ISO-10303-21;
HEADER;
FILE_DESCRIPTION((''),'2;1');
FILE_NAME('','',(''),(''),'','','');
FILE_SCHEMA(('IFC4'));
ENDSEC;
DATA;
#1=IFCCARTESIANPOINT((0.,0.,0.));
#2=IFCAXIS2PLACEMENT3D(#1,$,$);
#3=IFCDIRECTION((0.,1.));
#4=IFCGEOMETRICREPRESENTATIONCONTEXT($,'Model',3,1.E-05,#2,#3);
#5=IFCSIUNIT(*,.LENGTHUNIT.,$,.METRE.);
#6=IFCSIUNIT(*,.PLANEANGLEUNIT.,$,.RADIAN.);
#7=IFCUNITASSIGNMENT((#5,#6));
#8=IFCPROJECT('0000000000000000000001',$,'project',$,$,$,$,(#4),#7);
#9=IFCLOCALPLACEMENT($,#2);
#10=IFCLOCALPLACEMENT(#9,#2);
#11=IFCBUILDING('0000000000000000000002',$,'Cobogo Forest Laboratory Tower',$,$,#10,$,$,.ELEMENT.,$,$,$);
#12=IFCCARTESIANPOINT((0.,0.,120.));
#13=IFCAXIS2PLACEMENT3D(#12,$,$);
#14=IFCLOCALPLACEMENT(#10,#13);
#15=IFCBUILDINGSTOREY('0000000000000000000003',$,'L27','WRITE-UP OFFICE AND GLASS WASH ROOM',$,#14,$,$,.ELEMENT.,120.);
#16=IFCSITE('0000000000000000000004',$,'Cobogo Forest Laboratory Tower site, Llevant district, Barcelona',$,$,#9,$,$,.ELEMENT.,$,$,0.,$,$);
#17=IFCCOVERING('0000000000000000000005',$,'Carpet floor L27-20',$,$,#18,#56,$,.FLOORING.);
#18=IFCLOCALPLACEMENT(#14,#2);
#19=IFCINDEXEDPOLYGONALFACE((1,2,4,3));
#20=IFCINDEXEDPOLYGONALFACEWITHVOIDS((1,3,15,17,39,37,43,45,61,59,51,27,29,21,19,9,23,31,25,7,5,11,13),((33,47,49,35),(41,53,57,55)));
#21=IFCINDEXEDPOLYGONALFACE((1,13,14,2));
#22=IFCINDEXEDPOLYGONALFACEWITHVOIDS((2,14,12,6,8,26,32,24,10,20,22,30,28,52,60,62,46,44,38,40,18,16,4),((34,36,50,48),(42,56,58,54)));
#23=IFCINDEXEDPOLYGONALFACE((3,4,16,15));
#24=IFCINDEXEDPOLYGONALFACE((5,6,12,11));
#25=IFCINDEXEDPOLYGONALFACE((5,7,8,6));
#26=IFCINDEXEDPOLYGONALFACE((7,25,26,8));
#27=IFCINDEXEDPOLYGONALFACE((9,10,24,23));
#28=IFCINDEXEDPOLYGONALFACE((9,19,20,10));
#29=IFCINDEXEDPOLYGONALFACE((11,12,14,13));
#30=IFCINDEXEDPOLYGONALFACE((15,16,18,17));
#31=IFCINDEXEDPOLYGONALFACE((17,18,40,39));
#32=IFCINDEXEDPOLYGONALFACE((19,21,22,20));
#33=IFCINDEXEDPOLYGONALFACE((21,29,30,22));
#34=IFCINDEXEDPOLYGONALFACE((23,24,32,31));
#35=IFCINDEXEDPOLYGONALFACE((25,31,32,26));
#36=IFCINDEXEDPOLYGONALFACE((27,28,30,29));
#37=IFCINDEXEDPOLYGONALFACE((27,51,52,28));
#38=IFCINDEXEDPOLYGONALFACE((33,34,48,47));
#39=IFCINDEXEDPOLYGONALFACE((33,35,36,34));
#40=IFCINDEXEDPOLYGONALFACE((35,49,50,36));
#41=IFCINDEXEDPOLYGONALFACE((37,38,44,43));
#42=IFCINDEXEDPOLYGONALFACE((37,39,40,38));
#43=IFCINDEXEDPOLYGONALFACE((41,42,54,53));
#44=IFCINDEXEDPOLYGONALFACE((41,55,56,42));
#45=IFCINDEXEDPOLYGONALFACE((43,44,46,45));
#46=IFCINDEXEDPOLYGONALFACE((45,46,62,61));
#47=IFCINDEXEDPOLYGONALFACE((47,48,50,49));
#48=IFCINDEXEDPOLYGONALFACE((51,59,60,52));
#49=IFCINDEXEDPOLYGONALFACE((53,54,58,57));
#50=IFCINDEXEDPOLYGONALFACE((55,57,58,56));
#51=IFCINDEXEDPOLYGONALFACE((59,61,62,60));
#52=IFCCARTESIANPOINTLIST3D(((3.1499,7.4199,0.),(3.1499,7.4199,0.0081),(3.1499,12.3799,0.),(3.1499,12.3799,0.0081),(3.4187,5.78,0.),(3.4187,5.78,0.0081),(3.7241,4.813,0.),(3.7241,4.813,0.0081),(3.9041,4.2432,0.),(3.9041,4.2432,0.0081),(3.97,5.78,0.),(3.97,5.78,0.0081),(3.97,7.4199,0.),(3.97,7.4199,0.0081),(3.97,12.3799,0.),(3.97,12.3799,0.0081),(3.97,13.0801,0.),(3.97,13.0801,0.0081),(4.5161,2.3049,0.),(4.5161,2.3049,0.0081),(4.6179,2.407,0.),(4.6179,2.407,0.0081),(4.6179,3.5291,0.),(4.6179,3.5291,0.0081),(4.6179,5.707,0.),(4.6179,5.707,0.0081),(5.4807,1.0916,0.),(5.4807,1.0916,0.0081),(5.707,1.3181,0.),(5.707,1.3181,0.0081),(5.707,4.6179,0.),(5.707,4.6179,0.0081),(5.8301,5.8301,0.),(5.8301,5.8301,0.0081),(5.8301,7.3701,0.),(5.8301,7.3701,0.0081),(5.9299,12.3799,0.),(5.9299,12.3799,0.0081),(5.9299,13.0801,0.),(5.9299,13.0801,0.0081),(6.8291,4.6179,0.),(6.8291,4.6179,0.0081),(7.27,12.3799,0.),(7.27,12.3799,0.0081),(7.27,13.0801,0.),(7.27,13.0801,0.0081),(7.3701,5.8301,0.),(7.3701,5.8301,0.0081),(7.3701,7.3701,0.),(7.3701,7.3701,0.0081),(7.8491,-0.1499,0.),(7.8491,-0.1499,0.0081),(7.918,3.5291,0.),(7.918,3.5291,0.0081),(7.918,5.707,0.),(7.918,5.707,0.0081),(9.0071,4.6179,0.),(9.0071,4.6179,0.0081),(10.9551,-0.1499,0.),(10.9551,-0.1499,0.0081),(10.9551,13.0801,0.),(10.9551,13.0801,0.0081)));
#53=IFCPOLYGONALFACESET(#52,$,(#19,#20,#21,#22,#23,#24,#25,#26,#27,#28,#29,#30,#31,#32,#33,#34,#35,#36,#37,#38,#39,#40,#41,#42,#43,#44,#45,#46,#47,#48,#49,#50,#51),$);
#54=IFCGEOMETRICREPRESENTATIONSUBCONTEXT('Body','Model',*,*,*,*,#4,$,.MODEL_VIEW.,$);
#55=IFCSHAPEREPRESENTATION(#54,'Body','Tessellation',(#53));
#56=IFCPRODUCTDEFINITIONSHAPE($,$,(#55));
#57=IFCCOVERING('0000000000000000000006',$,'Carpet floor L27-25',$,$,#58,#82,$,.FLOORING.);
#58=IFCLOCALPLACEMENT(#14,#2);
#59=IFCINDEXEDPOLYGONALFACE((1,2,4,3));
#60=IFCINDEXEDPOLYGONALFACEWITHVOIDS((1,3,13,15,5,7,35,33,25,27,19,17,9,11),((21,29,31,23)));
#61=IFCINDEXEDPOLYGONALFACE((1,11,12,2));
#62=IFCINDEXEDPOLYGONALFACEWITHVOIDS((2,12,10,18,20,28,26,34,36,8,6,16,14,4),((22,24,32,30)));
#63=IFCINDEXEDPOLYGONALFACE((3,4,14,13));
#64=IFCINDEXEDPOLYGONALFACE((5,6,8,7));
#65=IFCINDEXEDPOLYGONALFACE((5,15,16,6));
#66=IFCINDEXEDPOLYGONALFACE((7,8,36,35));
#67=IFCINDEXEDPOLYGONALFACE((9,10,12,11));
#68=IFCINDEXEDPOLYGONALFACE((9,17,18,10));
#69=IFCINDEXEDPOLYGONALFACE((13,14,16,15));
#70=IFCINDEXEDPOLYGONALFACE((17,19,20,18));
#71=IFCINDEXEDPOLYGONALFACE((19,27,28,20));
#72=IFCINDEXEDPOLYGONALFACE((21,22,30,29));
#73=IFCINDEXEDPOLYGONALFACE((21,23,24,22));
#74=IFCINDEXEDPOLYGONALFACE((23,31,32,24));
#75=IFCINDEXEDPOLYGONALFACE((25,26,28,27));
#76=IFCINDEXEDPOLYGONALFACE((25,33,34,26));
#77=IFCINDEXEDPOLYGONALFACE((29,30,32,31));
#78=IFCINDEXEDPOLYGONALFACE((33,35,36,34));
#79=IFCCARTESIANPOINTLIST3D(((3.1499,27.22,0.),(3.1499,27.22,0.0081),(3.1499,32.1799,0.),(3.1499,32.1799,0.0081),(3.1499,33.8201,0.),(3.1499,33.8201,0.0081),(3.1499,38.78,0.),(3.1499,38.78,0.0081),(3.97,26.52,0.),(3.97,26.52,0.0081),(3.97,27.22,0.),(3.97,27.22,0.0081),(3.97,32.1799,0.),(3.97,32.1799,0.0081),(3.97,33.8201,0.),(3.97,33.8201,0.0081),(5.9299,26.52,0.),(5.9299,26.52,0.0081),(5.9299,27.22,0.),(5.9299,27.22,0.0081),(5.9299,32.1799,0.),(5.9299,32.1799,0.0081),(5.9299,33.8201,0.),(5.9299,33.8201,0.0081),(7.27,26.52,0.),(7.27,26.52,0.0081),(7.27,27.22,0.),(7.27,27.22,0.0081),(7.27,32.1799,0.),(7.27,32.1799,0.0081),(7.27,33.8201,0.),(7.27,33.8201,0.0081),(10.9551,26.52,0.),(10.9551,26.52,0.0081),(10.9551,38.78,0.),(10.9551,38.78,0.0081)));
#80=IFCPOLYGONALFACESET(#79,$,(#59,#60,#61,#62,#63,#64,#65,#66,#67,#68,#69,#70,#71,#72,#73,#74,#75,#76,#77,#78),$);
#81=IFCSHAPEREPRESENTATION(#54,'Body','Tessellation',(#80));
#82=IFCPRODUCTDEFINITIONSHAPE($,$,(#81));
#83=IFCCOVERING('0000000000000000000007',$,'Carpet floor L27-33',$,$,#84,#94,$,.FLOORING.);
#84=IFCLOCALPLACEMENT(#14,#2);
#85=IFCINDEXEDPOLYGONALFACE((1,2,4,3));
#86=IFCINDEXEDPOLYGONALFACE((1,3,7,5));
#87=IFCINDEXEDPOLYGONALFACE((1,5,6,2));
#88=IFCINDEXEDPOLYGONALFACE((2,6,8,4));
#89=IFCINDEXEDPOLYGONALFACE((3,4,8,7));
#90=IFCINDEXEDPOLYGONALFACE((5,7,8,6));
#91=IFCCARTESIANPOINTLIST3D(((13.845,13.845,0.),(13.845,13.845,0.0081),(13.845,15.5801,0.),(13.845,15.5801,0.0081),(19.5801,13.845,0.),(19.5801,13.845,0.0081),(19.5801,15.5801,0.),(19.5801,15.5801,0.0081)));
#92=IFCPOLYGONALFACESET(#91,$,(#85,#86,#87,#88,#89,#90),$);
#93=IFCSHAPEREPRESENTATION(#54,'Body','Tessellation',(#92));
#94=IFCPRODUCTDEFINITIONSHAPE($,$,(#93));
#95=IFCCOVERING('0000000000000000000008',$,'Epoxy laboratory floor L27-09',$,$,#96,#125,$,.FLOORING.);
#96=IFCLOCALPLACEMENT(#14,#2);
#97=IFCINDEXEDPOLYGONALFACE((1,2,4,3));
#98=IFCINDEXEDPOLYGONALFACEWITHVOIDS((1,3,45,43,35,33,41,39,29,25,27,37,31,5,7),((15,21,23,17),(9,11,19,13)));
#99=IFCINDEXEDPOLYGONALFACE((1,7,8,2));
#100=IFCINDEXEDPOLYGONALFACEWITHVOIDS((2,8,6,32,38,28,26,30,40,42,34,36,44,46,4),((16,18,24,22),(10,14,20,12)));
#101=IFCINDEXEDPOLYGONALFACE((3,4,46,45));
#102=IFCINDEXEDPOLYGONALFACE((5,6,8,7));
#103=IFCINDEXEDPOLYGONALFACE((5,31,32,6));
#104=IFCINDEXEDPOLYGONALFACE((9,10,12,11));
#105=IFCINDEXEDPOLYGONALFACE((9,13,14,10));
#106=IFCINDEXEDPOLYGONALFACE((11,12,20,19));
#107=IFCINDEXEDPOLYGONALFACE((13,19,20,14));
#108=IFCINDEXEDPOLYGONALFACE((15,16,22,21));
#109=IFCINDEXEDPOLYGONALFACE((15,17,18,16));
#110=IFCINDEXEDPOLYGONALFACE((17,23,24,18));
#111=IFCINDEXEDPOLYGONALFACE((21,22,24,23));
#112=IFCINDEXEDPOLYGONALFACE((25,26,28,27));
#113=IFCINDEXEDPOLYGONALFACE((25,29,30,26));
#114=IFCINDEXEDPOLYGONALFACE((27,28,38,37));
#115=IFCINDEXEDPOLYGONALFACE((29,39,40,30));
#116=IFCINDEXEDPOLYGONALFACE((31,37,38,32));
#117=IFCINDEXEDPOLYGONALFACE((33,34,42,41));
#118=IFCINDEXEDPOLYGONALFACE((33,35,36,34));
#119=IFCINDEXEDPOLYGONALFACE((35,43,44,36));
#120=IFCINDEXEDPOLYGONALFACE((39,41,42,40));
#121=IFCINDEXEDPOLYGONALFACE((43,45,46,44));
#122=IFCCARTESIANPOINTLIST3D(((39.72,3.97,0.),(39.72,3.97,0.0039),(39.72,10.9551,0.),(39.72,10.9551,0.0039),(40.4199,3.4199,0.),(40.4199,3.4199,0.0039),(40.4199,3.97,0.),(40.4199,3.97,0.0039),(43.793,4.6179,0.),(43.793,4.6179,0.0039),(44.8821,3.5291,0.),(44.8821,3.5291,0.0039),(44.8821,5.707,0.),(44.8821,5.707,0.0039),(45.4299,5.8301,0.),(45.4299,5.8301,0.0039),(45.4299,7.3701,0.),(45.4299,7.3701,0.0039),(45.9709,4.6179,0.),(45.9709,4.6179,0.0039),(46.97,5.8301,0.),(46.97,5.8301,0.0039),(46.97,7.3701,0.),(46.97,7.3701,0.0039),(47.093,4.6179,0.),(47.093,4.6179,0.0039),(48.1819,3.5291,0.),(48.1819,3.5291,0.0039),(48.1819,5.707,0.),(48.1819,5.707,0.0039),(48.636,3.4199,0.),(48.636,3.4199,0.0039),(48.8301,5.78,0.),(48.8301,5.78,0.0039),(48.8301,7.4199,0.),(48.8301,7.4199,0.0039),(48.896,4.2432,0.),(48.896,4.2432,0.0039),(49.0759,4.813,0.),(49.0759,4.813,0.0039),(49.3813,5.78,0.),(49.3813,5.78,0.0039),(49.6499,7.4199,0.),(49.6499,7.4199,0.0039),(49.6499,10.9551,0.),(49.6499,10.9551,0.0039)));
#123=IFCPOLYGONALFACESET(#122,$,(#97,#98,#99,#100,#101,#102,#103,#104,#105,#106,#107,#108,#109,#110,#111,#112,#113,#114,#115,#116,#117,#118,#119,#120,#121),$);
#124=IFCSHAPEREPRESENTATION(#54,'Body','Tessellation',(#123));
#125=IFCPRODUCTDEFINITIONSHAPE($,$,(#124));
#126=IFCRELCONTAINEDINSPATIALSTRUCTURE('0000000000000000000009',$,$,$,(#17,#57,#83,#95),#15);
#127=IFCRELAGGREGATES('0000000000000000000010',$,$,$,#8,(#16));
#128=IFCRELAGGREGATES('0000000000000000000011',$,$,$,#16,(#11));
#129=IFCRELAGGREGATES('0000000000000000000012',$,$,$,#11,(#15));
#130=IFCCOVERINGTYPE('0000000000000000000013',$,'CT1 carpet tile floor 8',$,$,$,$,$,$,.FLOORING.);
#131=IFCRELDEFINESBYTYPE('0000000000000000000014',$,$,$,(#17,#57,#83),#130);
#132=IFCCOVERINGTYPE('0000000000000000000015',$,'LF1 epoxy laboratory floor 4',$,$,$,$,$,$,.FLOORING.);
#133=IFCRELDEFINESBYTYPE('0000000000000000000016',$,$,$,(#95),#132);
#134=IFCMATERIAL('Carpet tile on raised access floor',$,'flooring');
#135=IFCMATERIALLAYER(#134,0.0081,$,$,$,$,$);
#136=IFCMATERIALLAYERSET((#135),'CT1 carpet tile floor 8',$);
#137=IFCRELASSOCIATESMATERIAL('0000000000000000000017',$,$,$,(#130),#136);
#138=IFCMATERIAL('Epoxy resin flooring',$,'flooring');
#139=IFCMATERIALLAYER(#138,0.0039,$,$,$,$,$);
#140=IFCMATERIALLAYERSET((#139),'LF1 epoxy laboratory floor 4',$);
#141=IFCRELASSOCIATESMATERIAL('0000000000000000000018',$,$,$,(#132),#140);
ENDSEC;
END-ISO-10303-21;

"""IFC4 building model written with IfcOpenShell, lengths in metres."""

from ifc_helpers import new_model, si_unit, direction, frame, origin, place, context, subcontext, project, spatial, polyline, outline, extrude, material, layer, layer_set, type_object, element, save


model = new_model("IFC4")

# Units and contexts
model_context = context("Model", 3, precision=1e-05, world=origin(), true_north=direction((0.0, 1.0)))
body_context = subcontext(model_context, "Body", "Model", "MODEL_VIEW")
ifc_project = project(units=[si_unit("LENGTHUNIT", "METRE"), si_unit("PLANEANGLEUNIT", "RADIAN")], contexts=[model_context])

# Site, building, storey
site_placement = place(None, origin())
site = spatial("IfcSite", under=ifc_project, at=site_placement, Name="Cobogo Forest Laboratory Tower site, Llevant district, Barcelona", CompositionType="ELEMENT", RefElevation=0.0)
building_placement = place(site_placement, origin())
building = spatial("IfcBuilding", under=site, at=building_placement, Name="Cobogo Forest Laboratory Tower", CompositionType="ELEMENT")
storey_placement = place(building_placement, frame((0.0, 0.0, 120.0)))
storey = spatial("IfcBuildingStorey", under=building, at=storey_placement, Name="L27", Description="WRITE-UP OFFICE AND GLASS WASH ROOM", CompositionType="ELEMENT", Elevation=120.0)

# Coverings
ifc_material_1 = material(Name="Carpet tile on raised access floor", Category="flooring")
ifc_layer_1 = layer(ifc_material_1, 0.0081)
ifc_layer_set_1 = layer_set([ifc_layer_1], Name="CT1 carpet tile floor 8")
covering_type_1 = type_object("IfcCoveringType", Name="CT1 carpet tile floor 8", PredefinedType="FLOORING", material=ifc_layer_set_1)
covering_1_placement = place(storey_placement, origin())
element("IfcCovering", 1, at=covering_1_placement, inside=storey, type_object=covering_type_1, Name="Carpet floor L27-20", PredefinedType="FLOORING", context=body_context, shape_type="SweptSolid", body=[
    extrude(outline(polyline([(3.9041, 4.2432), (4.6179, 3.5291), (5.707, 4.6179), (4.6179, 5.707), (3.7241, 4.813), (3.4187, 5.78), (3.97, 5.78), (3.97, 7.4199), (3.1499, 7.4199), (3.1499, 12.3799), (3.97, 12.3799), (3.97, 13.0801), (5.9299, 13.0801), (5.9299, 12.3799), (7.27, 12.3799), (7.27, 13.0801), (10.9551, 13.0801), (10.9551, -0.1499), (7.8491, -0.1499), (5.4807, 1.0916), (5.707, 1.3181), (4.6179, 2.407), (4.5161, 2.3049), (3.9041, 4.2432)]), holes=[polyline([(6.8291, 4.6179), (7.918, 3.5291), (9.0071, 4.6179), (7.918, 5.707), (6.8291, 4.6179)]), polyline([(5.8301, 7.3701), (5.8301, 5.8301), (7.3701, 5.8301), (7.3701, 7.3701), (5.8301, 7.3701)])]), origin(), (0.0, 0.0, 1.0), 0.0081),
])
covering_2_placement = place(storey_placement, origin())
element("IfcCovering", 2, at=covering_2_placement, inside=storey, type_object=covering_type_1, Name="Carpet floor L27-25", PredefinedType="FLOORING", context=body_context, shape_type="SweptSolid", body=[
    extrude(outline(polyline([(10.9551, 26.52), (7.27, 26.52), (7.27, 27.22), (5.9299, 27.22), (5.9299, 26.52), (3.97, 26.52), (3.97, 27.22), (3.1499, 27.22), (3.1499, 32.1799), (3.97, 32.1799), (3.97, 33.8201), (3.1499, 33.8201), (3.1499, 38.78), (10.9551, 38.78), (10.9551, 26.52)]), holes=[polyline([(5.9299, 32.1799), (7.27, 32.1799), (7.27, 33.8201), (5.9299, 33.8201), (5.9299, 32.1799)])]), origin(), (0.0, 0.0, 1.0), 0.0081),
])
covering_3_placement = place(storey_placement, origin())
element("IfcCovering", 3, at=covering_3_placement, inside=storey, type_object=covering_type_1, Name="Carpet floor L27-33", PredefinedType="FLOORING", context=body_context, shape_type="SweptSolid", body=[
    extrude(outline(polyline([(19.5801, 13.845), (13.845, 13.845), (13.845, 15.5801), (19.5801, 15.5801), (19.5801, 13.845)])), origin(), (0.0, 0.0, 1.0), 0.0081),
])
ifc_material_2 = material(Name="Epoxy resin flooring", Category="flooring")
ifc_layer_2 = layer(ifc_material_2, 0.0039)
ifc_layer_set_2 = layer_set([ifc_layer_2], Name="LF1 epoxy laboratory floor 4")
covering_type_2 = type_object("IfcCoveringType", Name="LF1 epoxy laboratory floor 4", PredefinedType="FLOORING", material=ifc_layer_set_2)
covering_4_placement = place(storey_placement, origin())
element("IfcCovering", 4, at=covering_4_placement, inside=storey, type_object=covering_type_2, Name="Epoxy laboratory floor L27-09", PredefinedType="FLOORING", context=body_context, shape_type="SweptSolid", body=[
    extrude(outline(polyline([(39.72, 10.9551), (49.6499, 10.9551), (49.6499, 7.4199), (48.8301, 7.4199), (48.8301, 5.78), (49.3813, 5.78), (49.0759, 4.813), (48.1819, 5.707), (47.093, 4.6179), (48.1819, 3.5291), (48.896, 4.2432), (48.636, 3.4199), (40.4199, 3.4199), (40.4199, 3.97), (39.72, 3.97), (39.72, 10.9551)]), holes=[polyline([(45.4299, 5.8301), (46.97, 5.8301), (46.97, 7.3701), (45.4299, 7.3701), (45.4299, 5.8301)]), polyline([(43.793, 4.6179), (44.8821, 3.5291), (45.9709, 4.6179), (44.8821, 5.707), (43.793, 4.6179)])]), origin(), (0.0, 0.0, 1.0), 0.0039),
])

save(model, "model.ifc")
